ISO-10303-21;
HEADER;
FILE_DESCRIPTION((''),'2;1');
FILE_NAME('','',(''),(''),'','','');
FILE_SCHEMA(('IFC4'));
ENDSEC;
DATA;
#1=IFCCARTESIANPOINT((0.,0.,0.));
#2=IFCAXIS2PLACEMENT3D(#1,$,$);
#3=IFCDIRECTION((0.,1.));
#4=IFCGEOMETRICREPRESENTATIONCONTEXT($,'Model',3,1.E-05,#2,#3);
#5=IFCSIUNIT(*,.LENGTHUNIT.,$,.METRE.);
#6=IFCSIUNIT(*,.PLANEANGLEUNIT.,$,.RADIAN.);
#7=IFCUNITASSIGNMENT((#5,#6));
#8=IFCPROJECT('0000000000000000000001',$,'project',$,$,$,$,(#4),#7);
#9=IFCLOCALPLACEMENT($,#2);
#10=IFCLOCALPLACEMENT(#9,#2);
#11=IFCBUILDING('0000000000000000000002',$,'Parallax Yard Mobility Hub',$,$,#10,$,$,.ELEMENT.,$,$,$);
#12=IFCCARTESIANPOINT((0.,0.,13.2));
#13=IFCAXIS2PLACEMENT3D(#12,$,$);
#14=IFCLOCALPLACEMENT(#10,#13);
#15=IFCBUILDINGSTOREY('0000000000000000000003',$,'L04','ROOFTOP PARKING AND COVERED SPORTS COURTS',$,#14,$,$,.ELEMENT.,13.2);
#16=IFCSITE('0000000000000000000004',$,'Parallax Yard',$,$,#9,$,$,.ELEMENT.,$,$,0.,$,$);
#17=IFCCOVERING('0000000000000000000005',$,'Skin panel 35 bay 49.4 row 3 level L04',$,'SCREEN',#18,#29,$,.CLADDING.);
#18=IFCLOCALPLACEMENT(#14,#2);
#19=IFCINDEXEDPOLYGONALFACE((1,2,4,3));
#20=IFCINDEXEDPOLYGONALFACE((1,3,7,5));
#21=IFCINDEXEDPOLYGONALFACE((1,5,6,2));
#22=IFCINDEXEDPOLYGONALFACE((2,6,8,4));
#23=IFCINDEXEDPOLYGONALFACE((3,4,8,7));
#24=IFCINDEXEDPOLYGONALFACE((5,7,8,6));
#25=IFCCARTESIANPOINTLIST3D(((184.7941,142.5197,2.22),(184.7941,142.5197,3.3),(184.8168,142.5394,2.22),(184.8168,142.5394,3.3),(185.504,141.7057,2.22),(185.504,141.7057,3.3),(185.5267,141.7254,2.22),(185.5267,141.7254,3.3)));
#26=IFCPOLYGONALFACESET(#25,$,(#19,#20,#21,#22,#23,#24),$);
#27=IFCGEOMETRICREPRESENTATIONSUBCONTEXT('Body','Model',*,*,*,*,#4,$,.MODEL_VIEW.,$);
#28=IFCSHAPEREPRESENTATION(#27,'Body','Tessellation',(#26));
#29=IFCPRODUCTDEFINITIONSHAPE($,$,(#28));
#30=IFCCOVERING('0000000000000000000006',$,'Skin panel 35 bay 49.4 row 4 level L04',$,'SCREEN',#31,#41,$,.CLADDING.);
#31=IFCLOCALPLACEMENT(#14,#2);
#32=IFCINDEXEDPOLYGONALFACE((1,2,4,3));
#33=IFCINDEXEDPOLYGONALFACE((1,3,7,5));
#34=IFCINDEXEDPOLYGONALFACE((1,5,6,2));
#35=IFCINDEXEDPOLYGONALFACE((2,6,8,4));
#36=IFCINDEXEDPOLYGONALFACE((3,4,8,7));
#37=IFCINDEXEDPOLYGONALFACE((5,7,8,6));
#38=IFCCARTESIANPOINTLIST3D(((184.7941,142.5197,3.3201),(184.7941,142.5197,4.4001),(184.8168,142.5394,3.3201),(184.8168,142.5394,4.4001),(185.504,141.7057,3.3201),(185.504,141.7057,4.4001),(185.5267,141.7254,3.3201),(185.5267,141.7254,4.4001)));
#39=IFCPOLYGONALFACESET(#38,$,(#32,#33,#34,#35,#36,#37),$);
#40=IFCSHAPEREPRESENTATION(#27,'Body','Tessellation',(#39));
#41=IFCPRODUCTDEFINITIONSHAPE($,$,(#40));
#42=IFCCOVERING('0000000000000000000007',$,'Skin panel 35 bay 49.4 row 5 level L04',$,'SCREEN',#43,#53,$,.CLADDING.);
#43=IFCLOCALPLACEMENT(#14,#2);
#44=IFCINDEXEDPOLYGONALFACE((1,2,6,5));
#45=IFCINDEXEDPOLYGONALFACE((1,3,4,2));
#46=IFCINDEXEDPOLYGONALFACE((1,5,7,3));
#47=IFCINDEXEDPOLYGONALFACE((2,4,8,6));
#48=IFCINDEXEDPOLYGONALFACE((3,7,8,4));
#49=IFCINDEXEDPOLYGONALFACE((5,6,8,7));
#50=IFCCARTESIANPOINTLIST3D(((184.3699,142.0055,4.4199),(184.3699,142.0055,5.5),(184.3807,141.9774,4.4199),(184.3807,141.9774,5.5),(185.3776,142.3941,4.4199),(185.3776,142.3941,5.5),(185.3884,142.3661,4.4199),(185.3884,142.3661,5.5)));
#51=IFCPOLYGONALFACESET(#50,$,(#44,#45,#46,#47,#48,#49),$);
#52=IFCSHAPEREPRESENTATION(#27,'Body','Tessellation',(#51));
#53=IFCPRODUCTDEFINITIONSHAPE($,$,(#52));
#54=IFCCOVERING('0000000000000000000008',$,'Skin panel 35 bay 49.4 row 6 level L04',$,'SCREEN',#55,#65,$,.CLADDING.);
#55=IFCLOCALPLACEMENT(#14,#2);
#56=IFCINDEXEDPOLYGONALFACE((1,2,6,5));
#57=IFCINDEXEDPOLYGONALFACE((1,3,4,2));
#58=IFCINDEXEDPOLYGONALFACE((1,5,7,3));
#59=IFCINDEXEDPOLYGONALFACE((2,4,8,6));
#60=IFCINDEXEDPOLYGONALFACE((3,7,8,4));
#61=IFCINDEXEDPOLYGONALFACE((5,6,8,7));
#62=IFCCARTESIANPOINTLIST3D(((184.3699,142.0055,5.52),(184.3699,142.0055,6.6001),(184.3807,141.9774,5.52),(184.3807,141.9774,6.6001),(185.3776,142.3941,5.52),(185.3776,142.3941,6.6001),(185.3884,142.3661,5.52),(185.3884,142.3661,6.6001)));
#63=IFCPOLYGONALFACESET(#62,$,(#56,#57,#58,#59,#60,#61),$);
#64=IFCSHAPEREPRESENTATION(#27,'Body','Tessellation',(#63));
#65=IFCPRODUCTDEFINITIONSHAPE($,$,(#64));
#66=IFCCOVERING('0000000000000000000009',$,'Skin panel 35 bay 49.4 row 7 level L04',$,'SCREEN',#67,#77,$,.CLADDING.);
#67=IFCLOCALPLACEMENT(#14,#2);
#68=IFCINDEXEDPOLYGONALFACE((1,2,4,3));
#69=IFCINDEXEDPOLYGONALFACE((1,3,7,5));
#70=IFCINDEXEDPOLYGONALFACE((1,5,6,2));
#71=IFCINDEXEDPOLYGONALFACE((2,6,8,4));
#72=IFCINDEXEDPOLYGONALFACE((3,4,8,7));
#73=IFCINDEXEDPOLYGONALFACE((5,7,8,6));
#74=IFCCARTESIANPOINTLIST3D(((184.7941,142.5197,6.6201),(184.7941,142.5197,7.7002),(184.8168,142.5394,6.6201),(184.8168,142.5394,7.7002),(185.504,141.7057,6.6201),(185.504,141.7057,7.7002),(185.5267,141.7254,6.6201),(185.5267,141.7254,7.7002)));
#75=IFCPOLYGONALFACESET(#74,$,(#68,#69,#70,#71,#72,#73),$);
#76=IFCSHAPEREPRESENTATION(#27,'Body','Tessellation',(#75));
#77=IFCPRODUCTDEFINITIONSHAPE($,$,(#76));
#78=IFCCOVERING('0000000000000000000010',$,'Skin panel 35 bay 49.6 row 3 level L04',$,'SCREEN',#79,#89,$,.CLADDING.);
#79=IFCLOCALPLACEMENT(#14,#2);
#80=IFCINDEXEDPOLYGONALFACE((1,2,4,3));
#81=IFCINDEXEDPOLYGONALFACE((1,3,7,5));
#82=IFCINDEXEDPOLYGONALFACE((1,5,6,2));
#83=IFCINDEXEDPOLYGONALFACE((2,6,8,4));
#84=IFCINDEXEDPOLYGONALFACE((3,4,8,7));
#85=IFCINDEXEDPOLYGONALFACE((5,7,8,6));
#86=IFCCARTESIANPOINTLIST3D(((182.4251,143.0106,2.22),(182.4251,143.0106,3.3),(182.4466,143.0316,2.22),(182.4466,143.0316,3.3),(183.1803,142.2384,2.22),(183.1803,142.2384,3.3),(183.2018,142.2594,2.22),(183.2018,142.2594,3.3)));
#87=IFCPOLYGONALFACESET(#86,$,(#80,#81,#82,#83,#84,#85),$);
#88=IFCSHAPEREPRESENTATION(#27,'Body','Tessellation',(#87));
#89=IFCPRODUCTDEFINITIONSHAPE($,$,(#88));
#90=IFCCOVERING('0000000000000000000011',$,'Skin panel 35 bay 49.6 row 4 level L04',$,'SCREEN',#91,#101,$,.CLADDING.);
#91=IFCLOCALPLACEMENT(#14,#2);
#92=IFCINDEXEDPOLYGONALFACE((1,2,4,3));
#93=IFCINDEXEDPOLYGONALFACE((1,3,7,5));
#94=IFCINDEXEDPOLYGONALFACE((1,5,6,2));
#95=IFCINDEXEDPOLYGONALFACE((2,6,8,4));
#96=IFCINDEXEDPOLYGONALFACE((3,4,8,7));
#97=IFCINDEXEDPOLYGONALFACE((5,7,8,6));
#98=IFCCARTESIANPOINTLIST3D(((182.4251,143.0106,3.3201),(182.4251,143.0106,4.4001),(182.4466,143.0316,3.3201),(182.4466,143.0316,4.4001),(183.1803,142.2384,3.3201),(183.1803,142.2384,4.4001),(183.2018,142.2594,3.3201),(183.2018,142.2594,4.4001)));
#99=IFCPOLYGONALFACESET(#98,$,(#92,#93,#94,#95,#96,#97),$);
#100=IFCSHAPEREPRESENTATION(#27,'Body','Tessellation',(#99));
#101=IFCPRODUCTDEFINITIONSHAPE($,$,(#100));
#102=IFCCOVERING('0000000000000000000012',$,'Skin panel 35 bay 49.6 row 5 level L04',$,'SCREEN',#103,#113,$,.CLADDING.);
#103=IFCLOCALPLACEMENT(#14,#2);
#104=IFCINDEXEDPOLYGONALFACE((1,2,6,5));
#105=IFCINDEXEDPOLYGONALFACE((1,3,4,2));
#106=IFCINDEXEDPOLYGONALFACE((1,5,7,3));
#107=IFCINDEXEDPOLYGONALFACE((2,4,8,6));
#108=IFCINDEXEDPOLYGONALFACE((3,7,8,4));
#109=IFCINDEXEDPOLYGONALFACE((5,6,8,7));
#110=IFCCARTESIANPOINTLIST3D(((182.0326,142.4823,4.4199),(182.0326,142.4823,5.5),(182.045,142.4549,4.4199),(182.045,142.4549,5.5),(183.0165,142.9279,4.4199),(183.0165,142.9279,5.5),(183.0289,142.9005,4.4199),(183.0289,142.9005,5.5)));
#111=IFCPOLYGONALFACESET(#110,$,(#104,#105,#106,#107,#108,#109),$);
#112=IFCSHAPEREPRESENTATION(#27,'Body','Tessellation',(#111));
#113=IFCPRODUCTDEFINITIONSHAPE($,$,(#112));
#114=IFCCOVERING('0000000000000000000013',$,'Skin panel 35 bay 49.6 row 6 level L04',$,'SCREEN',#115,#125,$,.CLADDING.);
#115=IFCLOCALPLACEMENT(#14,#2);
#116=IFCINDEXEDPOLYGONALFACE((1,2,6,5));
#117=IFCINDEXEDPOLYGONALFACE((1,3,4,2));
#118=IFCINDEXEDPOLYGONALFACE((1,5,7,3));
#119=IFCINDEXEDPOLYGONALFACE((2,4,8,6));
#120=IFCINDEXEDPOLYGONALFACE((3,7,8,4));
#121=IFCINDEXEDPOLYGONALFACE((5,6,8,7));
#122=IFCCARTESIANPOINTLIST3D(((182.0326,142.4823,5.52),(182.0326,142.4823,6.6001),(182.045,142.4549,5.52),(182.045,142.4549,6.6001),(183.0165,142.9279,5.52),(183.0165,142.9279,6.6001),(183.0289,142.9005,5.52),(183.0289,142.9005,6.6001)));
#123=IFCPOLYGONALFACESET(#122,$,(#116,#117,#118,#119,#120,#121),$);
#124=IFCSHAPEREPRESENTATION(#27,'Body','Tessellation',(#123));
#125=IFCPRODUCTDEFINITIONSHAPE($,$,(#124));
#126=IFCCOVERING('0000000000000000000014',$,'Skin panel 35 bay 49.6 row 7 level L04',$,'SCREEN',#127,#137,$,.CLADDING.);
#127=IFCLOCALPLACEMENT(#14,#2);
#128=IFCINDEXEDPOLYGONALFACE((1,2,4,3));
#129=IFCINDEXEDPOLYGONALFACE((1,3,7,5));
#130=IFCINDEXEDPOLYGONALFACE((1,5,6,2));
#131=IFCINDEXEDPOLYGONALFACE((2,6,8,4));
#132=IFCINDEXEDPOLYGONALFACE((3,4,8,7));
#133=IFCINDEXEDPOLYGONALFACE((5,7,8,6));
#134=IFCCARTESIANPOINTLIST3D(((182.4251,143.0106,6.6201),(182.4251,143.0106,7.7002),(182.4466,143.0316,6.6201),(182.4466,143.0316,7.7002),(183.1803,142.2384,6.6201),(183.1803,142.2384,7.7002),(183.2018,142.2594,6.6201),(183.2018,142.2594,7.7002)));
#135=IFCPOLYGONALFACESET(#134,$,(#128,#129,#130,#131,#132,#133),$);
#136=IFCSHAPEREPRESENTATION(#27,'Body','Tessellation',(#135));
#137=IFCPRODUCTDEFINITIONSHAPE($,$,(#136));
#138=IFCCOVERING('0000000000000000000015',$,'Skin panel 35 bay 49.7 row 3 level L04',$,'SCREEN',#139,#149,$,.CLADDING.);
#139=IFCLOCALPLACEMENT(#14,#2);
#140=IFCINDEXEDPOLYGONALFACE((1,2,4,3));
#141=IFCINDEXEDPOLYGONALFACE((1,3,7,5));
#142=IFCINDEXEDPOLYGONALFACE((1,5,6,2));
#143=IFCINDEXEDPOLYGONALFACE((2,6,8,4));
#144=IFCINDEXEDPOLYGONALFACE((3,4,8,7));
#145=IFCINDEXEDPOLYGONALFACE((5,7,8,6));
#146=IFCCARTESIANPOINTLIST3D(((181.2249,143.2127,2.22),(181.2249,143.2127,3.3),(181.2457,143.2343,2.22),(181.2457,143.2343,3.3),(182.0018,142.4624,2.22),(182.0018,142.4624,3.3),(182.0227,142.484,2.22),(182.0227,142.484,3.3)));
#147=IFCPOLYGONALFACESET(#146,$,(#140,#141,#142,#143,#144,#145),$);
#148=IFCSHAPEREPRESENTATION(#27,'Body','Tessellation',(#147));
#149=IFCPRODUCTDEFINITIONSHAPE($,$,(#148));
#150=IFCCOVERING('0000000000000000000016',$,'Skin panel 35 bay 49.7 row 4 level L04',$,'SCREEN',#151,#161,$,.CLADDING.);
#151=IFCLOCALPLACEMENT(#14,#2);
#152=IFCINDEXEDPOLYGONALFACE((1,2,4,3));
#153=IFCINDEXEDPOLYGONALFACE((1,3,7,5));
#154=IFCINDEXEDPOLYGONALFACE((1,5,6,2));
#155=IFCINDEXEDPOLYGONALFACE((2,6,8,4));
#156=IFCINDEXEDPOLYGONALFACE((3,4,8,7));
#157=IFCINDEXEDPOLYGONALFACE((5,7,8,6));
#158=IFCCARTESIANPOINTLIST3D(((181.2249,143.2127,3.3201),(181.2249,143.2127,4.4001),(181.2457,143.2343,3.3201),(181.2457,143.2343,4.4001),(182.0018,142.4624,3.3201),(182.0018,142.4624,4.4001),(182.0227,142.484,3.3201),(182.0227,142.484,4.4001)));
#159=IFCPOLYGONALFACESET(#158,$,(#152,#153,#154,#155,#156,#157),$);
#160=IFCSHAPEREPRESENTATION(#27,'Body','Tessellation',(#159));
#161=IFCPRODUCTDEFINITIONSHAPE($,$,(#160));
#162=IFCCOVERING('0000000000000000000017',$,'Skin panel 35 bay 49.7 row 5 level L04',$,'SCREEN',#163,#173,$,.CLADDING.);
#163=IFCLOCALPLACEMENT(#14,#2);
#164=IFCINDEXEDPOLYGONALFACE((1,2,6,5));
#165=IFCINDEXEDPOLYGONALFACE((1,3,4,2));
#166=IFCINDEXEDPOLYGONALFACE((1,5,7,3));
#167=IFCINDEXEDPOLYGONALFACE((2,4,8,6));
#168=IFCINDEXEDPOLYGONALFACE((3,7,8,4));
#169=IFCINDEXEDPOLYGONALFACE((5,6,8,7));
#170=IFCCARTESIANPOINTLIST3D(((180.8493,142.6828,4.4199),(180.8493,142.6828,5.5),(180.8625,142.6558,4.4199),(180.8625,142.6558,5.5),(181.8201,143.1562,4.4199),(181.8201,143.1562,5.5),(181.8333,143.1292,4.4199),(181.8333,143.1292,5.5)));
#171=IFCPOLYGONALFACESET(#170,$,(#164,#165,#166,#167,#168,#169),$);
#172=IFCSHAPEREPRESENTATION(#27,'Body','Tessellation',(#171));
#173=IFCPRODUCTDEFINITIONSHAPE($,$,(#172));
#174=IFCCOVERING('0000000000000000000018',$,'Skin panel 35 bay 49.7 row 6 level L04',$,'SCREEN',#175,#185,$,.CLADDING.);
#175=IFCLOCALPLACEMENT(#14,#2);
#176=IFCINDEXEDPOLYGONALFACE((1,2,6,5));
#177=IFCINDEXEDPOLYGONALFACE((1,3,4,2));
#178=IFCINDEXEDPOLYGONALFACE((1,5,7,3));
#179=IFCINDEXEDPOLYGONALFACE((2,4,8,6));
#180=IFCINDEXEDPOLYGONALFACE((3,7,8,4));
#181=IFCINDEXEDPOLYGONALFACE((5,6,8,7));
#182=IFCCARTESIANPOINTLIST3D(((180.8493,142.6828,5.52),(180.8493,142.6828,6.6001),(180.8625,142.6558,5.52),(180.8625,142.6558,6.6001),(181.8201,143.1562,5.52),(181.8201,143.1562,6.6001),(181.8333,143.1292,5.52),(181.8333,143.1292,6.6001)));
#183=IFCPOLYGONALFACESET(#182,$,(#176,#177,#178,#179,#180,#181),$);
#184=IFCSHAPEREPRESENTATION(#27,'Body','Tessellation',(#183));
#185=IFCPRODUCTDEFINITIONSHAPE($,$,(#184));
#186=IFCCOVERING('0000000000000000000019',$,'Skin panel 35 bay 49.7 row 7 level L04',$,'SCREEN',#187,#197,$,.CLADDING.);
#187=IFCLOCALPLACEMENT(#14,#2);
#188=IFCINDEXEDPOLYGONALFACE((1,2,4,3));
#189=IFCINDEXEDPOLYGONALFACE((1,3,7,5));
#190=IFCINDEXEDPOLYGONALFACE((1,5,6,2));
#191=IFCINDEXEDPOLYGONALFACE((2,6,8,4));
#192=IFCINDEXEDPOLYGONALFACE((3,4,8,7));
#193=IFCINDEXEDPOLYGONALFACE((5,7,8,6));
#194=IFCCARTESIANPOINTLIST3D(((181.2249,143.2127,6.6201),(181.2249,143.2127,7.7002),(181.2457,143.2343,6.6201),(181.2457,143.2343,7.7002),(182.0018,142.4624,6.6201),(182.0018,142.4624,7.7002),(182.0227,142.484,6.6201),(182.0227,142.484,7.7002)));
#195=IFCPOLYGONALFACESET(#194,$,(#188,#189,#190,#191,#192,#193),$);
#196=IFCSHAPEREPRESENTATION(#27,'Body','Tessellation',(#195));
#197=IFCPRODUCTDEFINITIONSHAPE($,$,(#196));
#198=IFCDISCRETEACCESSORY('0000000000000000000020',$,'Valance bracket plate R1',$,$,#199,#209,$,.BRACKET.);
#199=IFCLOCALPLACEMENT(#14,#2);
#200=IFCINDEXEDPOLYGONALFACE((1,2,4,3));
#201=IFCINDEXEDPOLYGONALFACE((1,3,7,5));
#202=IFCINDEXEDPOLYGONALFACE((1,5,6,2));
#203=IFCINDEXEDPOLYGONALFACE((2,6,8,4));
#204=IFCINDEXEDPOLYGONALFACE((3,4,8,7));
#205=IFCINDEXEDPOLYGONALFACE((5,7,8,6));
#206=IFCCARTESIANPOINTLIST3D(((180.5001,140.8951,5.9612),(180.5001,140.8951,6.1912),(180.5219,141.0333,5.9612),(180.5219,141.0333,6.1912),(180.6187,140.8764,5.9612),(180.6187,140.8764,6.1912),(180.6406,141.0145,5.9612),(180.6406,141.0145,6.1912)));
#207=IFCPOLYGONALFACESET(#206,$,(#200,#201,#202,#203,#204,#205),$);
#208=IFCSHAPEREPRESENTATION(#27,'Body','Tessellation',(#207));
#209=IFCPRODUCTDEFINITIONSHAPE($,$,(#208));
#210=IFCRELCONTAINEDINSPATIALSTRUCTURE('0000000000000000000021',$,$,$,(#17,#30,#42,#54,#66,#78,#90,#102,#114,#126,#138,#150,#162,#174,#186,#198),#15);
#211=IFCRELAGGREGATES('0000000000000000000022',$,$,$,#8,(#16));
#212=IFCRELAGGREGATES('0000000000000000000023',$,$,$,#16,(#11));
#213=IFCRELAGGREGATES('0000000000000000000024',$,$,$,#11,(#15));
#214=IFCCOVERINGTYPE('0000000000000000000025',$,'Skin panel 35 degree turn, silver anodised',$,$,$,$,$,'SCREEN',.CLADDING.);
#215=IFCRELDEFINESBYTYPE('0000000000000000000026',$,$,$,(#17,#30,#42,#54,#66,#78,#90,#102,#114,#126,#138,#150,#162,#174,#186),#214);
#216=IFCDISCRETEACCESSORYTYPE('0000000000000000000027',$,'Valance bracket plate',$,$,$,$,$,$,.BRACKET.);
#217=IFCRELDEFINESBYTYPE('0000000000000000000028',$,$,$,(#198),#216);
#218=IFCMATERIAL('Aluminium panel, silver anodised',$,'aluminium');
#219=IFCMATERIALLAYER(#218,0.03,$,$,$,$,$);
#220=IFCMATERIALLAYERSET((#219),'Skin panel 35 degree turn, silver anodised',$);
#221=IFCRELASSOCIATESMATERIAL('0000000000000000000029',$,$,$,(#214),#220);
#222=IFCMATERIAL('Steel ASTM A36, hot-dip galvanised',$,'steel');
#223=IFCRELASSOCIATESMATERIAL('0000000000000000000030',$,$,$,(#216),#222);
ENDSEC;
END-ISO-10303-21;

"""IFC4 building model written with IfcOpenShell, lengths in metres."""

from ifc_helpers import new_model, si_unit, direction, frame, origin, origin_2d, place, context, subcontext, project, spatial, rectangle, extrude, material, layer, layer_set, type_object, element, save


model = new_model("IFC4")

# Units and contexts
model_context = context("Model", 3, precision=1e-05, world=origin(), true_north=direction((0.0, 1.0)))
body_context = subcontext(model_context, "Body", "Model", "MODEL_VIEW")
ifc_project = project(units=[si_unit("LENGTHUNIT", "METRE"), si_unit("PLANEANGLEUNIT", "RADIAN")], contexts=[model_context])

# Site, building, storey
site_placement = place(None, origin())
site = spatial("IfcSite", under=ifc_project, at=site_placement, Name="Parallax Yard", CompositionType="ELEMENT", RefElevation=0.0)
building_placement = place(site_placement, origin())
building = spatial("IfcBuilding", under=site, at=building_placement, Name="Parallax Yard Mobility Hub", CompositionType="ELEMENT")
storey_placement = place(building_placement, frame((0.0, 0.0, 13.2)))
storey = spatial("IfcBuildingStorey", under=building, at=storey_placement, Name="L04", Description="ROOFTOP PARKING AND COVERED SPORTS COURTS", CompositionType="ELEMENT", Elevation=13.2)

# Coverings
ifc_material_1 = material(Name="Aluminium panel, silver anodised", Category="aluminium")
ifc_layer_1 = layer(ifc_material_1, 0.03)
ifc_layer_set_1 = layer_set([ifc_layer_1], Name="Skin panel 35 degree turn, silver anodised")
covering_type_1 = type_object("IfcCoveringType", Name="Skin panel 35 degree turn, silver anodised", ElementType="SCREEN", PredefinedType="CLADDING", material=ifc_layer_set_1)
for number, where, z_axis, x_axis, name in (
    (1, (185.1604, 142.1226, 2.22), (0.0, 0.0, 1.0), (-0.657256, 0.753668, 0.0), "Skin panel 35 bay 49.4 row 3 level L04"),
    (2, (185.1604, 142.1226, 3.3201), (0.0, 0.0, 1.0), (-0.657256, 0.753668, 0.0), "Skin panel 35 bay 49.4 row 4 level L04"),
    (3, (184.8792, 142.1858, 4.4199), (0.0, 0.0, 1.0), (0.933011, 0.359849, 0.0), "Skin panel 35 bay 49.4 row 5 level L04"),
    (4, (184.8792, 142.1858, 5.52), (0.0, 0.0, 1.0), (0.933011, 0.359849, 0.0), "Skin panel 35 bay 49.4 row 6 level L04"),
    (5, (185.1604, 142.1226, 6.6201), (0.0, 0.0, 1.0), (-0.657256, 0.753668, 0.0), "Skin panel 35 bay 49.4 row 7 level L04"),
    (6, (182.8135, 142.635, 2.22), (0.0, 0.0, 1.0), (-0.699209, 0.714917, 0.0), "Skin panel 35 bay 49.6 row 3 level L04"),
    (7, (182.8135, 142.635, 3.3201), (0.0, 0.0, 1.0), (-0.699209, 0.714917, 0.0), "Skin panel 35 bay 49.6 row 4 level L04"),
    (8, (182.5308, 142.6914, 4.4199), (0.0, 0.0, 1.0), (0.910946, 0.412526, 0.0), "Skin panel 35 bay 49.6 row 5 level L04"),
    (9, (182.5308, 142.6914, 5.52), (0.0, 0.0, 1.0), (0.910946, 0.412526, 0.0), "Skin panel 35 bay 49.6 row 6 level L04"),
    (10, (182.8135, 142.635, 6.6201), (0.0, 0.0, 1.0), (-0.699209, 0.714917, 0.0), "Skin panel 35 bay 49.6 row 7 level L04"),
    (11, (181.6238, 142.8484, 2.22), (0.0, 0.0, 1.0), (-0.71934, 0.694658, 0.0), "Skin panel 35 bay 49.7 row 3 level L04"),
    (12, (181.6238, 142.8484, 3.3201), (0.0, 0.0, 1.0), (-0.71934, 0.694658, 0.0), "Skin panel 35 bay 49.7 row 4 level L04"),
    (13, (181.3413, 142.906, 4.4199), (0.0, 0.0, 1.0), (0.898794, 0.438371, 0.0), "Skin panel 35 bay 49.7 row 5 level L04"),
    (14, (181.3413, 142.906, 5.52), (0.0, 0.0, 1.0), (0.898794, 0.438371, 0.0), "Skin panel 35 bay 49.7 row 6 level L04"),
    (15, (181.6238, 142.8484, 6.6201), (0.0, 0.0, 1.0), (-0.71934, 0.694658, 0.0), "Skin panel 35 bay 49.7 row 7 level L04"),
):
    element("IfcCovering", number, at=place(storey_placement, frame(where, z_axis=z_axis, x_axis=x_axis)), inside=storey, type_object=covering_type_1, Name=name, ObjectType="SCREEN", PredefinedType="CLADDING", context=body_context, shape_type="SweptSolid", body=[
        extrude(rectangle(XDim=1.0801, YDim=0.03, at=origin_2d()), origin(), (0.0, 0.0, 1.0), 1.0801),
    ])

# Discrete accessory
ifc_material_2 = material(Name="Steel ASTM A36, hot-dip galvanised", Category="steel")
discrete_accessory_type = type_object("IfcDiscreteAccessoryType", Name="Valance bracket plate", PredefinedType="BRACKET", material=ifc_material_2)
discrete_accessory_placement = place(storey_placement, frame((180.5703, 140.9548, 5.9612), z_axis=(0.0, 0.0, 1.0), x_axis=(0.156434, 0.987688, 0.0)))
element("IfcDiscreteAccessory", 16, at=discrete_accessory_placement, inside=storey, type_object=discrete_accessory_type, Name="Valance bracket plate R1", PredefinedType="BRACKET", context=body_context, shape_type="SweptSolid", body=[
    extrude(rectangle(XDim=0.1399, YDim=0.1201, at=origin_2d()), origin(), (0.0, 0.0, 1.0), 0.23),
])

save(model, "model.ifc")
